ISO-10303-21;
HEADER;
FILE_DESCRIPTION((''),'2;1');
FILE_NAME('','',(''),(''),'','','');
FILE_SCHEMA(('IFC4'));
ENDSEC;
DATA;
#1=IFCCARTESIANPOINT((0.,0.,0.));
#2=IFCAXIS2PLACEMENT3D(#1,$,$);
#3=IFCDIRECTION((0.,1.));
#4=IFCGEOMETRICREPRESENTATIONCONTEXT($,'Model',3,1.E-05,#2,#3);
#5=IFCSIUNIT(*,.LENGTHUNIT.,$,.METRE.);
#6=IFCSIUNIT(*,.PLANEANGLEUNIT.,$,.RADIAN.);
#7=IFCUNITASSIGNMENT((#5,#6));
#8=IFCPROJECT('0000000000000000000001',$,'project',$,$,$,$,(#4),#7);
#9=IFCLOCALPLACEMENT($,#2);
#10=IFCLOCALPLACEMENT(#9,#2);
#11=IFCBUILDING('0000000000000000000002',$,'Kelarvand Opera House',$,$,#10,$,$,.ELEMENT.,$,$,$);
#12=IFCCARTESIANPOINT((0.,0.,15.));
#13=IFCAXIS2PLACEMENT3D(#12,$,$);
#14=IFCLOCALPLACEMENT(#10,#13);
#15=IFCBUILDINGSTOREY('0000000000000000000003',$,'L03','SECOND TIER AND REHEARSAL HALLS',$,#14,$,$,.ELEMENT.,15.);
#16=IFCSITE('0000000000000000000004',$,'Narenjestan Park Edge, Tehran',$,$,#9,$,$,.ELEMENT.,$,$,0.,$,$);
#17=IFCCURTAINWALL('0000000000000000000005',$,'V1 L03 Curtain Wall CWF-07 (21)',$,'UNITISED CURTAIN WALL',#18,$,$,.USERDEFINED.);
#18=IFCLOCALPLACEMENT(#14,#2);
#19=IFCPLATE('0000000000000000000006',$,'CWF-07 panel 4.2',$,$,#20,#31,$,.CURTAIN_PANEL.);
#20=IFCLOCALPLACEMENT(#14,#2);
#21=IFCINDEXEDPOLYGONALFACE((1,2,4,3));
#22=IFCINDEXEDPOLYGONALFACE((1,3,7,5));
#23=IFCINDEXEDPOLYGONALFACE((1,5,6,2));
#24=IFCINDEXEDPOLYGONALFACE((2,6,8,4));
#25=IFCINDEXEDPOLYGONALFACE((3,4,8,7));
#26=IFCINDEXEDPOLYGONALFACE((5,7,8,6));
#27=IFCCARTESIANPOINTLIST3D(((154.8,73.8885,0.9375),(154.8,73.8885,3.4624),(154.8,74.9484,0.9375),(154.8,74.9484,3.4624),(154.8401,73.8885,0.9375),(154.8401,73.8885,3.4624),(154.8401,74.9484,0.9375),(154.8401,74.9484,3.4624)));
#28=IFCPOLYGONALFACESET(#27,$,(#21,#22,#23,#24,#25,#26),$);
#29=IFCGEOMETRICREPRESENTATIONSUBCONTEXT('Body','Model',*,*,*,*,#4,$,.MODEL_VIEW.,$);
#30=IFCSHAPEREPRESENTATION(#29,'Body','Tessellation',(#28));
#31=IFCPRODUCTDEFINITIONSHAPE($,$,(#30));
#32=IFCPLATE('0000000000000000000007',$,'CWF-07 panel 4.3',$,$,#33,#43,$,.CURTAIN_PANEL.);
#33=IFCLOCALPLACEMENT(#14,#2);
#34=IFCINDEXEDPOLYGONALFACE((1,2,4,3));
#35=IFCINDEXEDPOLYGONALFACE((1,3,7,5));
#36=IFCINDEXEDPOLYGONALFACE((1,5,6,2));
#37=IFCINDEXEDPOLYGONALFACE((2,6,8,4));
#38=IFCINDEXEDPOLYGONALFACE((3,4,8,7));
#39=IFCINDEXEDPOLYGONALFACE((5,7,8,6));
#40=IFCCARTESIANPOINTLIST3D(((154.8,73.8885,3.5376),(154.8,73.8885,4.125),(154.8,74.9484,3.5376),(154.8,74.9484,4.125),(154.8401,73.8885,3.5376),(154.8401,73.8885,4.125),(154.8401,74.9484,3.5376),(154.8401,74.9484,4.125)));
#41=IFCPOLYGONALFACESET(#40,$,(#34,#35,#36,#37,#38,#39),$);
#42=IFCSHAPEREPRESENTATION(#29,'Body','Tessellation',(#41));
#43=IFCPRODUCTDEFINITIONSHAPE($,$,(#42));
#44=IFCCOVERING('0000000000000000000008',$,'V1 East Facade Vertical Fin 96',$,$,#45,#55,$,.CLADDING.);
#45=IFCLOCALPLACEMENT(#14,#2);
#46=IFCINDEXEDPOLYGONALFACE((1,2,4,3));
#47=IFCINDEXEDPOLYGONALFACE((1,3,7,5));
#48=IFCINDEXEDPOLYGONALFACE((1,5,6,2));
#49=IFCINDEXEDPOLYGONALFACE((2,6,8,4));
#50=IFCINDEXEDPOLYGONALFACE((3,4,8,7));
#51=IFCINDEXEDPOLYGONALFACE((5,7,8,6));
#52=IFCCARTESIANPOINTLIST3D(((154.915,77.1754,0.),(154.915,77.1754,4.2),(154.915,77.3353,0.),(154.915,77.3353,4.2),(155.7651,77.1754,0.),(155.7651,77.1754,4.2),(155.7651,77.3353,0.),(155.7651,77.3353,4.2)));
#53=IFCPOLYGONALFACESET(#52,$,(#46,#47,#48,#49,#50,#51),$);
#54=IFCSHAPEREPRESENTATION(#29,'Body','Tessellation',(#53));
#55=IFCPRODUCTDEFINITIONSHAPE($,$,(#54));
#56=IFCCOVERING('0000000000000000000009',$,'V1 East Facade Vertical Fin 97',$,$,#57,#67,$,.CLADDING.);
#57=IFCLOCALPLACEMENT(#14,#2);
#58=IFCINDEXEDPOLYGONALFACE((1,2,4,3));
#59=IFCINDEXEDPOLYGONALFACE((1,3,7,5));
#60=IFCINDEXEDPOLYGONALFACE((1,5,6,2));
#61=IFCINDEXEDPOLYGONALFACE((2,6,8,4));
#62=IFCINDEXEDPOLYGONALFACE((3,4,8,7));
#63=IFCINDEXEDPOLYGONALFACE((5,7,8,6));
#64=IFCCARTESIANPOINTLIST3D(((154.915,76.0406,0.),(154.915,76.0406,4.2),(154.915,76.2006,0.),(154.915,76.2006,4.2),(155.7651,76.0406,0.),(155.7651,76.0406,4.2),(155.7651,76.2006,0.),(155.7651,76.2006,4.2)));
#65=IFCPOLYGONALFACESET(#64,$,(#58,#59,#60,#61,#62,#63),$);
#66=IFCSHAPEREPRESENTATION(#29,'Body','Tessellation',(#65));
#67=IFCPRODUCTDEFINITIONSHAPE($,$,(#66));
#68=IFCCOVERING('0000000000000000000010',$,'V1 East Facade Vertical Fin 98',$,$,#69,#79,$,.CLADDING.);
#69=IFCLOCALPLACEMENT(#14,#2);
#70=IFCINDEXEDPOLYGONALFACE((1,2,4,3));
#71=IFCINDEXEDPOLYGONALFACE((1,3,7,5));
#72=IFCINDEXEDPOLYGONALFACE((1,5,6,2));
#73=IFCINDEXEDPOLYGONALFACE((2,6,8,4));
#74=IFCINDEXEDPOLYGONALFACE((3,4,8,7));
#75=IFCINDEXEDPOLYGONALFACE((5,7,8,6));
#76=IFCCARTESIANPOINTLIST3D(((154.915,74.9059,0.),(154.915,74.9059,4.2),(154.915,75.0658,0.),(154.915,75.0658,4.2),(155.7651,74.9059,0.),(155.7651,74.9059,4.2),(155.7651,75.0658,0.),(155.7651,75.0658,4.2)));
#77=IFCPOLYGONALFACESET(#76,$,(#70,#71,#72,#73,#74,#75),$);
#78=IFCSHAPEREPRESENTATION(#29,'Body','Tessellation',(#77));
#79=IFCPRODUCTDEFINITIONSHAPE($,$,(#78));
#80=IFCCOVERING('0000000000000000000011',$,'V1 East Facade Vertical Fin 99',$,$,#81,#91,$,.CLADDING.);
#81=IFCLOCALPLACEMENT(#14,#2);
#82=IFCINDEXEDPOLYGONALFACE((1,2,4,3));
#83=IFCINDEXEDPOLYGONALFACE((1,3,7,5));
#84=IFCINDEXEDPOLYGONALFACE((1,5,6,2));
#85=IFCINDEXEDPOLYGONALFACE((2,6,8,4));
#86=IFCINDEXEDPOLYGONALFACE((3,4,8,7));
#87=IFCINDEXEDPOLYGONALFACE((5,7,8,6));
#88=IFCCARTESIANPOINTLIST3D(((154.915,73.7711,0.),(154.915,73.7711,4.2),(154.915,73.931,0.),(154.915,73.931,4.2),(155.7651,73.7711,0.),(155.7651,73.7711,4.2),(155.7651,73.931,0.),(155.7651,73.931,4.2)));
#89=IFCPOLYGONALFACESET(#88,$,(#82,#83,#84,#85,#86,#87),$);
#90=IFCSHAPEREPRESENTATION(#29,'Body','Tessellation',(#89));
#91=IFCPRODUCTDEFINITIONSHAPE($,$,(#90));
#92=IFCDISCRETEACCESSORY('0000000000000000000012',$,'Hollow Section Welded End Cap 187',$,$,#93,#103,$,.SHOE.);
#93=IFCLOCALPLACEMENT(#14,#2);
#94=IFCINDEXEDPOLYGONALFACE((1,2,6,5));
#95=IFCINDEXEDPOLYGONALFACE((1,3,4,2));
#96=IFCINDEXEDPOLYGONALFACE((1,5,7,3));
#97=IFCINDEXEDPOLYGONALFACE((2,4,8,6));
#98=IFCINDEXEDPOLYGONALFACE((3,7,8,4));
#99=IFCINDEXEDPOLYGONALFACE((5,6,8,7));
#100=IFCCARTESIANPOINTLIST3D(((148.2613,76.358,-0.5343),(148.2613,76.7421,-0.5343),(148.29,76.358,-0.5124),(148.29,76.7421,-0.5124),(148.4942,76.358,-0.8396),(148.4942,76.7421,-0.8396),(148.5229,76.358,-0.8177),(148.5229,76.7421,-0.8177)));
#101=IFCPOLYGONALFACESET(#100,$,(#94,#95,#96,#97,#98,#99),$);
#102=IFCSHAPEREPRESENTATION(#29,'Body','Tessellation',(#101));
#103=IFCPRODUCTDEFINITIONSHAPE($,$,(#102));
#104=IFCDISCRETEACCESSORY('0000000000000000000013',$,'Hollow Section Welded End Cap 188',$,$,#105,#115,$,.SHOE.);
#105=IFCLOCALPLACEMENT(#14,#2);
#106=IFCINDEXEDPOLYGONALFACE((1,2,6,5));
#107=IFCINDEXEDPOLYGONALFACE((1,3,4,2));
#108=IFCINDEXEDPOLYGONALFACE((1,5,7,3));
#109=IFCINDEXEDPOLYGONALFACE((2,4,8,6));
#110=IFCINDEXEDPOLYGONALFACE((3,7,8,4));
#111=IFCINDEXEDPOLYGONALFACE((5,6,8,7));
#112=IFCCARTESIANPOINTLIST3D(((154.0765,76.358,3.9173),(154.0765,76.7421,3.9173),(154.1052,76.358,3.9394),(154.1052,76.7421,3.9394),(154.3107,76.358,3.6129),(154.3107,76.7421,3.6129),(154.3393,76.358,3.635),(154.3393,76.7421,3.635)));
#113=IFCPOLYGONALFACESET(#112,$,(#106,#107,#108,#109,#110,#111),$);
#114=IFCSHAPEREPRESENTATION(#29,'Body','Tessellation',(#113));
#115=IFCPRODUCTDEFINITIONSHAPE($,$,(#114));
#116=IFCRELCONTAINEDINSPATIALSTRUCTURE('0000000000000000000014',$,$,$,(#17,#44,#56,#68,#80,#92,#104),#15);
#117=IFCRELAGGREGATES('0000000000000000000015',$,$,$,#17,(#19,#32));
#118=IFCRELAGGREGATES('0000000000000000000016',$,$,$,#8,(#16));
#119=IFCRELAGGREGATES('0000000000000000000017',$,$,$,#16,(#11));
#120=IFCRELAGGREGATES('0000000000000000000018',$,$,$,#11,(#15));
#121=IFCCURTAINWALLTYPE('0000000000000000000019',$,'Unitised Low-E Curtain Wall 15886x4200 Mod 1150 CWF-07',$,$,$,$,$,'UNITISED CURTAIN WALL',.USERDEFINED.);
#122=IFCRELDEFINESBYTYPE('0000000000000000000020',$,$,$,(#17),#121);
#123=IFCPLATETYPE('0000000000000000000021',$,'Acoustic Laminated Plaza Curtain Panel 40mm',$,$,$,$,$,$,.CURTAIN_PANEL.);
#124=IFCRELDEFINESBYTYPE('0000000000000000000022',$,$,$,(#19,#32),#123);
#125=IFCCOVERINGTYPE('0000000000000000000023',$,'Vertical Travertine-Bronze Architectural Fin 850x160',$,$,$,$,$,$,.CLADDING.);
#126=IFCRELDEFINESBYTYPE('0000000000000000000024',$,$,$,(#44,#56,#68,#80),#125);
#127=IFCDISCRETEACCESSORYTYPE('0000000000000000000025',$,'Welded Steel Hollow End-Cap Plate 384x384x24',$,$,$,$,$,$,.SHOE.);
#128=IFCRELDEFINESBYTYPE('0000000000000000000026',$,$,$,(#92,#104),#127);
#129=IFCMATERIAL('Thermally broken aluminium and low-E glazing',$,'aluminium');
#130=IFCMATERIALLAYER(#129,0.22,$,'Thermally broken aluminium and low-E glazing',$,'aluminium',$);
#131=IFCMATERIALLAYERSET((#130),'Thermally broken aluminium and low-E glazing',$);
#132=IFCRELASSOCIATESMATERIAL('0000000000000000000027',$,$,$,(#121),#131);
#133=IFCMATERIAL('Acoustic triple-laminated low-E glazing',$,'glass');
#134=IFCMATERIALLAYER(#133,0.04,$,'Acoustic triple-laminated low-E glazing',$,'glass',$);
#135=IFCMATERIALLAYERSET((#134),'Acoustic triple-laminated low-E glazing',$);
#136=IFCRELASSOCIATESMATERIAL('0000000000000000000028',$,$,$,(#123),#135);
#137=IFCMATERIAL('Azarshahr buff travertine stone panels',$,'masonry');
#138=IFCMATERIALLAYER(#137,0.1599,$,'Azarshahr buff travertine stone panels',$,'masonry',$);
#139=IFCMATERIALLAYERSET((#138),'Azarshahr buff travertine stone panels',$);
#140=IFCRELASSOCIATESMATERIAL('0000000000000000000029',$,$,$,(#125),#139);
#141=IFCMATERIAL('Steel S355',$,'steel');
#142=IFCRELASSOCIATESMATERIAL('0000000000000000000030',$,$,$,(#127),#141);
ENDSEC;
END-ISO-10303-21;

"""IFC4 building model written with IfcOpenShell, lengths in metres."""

from ifc_helpers import new_model, si_unit, direction, frame, origin, origin_2d, place, context, subcontext, project, spatial, rectangle, extrude, material, layer, layer_set, material_profile, profile_set, type_object, element, aggregate, save


model = new_model("IFC4")

# Units and contexts
model_context = context("Model", 3, precision=1e-05, world=origin(), true_north=direction((0.0, 1.0)))
body_context = subcontext(model_context, "Body", "Model", "MODEL_VIEW")
ifc_project = project(units=[si_unit("LENGTHUNIT", "METRE"), si_unit("PLANEANGLEUNIT", "RADIAN")], contexts=[model_context])

# Site, building, storey
site_placement = place(None, origin())
site = spatial("IfcSite", under=ifc_project, at=site_placement, Name="Narenjestan Park Edge, Tehran", CompositionType="ELEMENT", RefElevation=0.0)
building_placement = place(site_placement, origin())
building = spatial("IfcBuilding", under=site, at=building_placement, Name="Kelarvand Opera House", CompositionType="ELEMENT")
storey_placement = place(building_placement, frame((0.0, 0.0, 15.0)))
storey = spatial("IfcBuildingStorey", under=building, at=storey_placement, Name="L03", Description="SECOND TIER AND REHEARSAL HALLS", CompositionType="ELEMENT", Elevation=15.0)

# Curtain wall
ifc_material_1 = material(Name="Thermally broken aluminium and low-E glazing", Category="aluminium")
ifc_layer_1 = layer(ifc_material_1, 0.22, Name="Thermally broken aluminium and low-E glazing", Category="aluminium")
ifc_layer_set_1 = layer_set([ifc_layer_1], Name="Thermally broken aluminium and low-E glazing")
curtain_wall_type = type_object("IfcCurtainWallType", Name="Unitised Low-E Curtain Wall 15886x4200 Mod 1150 CWF-07", ElementType="UNITISED CURTAIN WALL", PredefinedType="USERDEFINED", material=ifc_layer_set_1)
curtain_wall_placement = place(storey_placement, origin())
curtain_wall = element("IfcCurtainWall", 1, at=curtain_wall_placement, inside=storey, type_object=curtain_wall_type, Name="V1 L03 Curtain Wall CWF-07 (21)", ObjectType="UNITISED CURTAIN WALL", PredefinedType="USERDEFINED")

# Shared definitions
ifc_material_2 = material(Name="Steel S355", Category="steel")

# Plates
ifc_material_3 = material(Name="Acoustic triple-laminated low-E glazing", Category="glass")
ifc_layer_2 = layer(ifc_material_3, 0.04, Name="Acoustic triple-laminated low-E glazing", Category="glass")
ifc_layer_set_2 = layer_set([ifc_layer_2], Name="Acoustic triple-laminated low-E glazing")
plate_type = type_object("IfcPlateType", Name="Acoustic Laminated Plaza Curtain Panel 40mm", PredefinedType="CURTAIN_PANEL", material=ifc_layer_set_2)
plate_1_placement = place(storey_placement, frame((154.8201, 74.4185, 0.9375), z_axis=(0.0, 0.0, 1.0), x_axis=(0.0, -1.0, 0.0)))
plate_1 = element("IfcPlate", 2, at=plate_1_placement, type_object=plate_type, Name="CWF-07 panel 4.2", PredefinedType="CURTAIN_PANEL", context=body_context, shape_type="SweptSolid", body=[
    extrude(rectangle(XDim=1.0598, YDim=0.04, at=origin_2d()), origin(), (0.0, 0.0, 1.0), 2.5249),
])
plate_2_placement = place(storey_placement, frame((154.8201, 74.4185, 3.5376), z_axis=(0.0, 0.0, 1.0), x_axis=(0.0, -1.0, 0.0)))
plate_2 = element("IfcPlate", 3, at=plate_2_placement, type_object=plate_type, Name="CWF-07 panel 4.3", PredefinedType="CURTAIN_PANEL", context=body_context, shape_type="SweptSolid", body=[
    extrude(rectangle(XDim=1.0598, YDim=0.04, at=origin_2d()), origin(), (0.0, 0.0, 1.0), 0.5874),
])
aggregate(curtain_wall, [plate_1, plate_2])

# Coverings
ifc_material_4 = material(Name="Azarshahr buff travertine stone panels", Category="masonry")
ifc_layer_3 = layer(ifc_material_4, 0.1599, Name="Azarshahr buff travertine stone panels", Category="masonry")
ifc_layer_set_3 = layer_set([ifc_layer_3], Name="Azarshahr buff travertine stone panels")
covering_type = type_object("IfcCoveringType", Name="Vertical Travertine-Bronze Architectural Fin 850x160", PredefinedType="CLADDING", material=ifc_layer_set_3)
for number, where, z_axis, x_axis, name in (
    (4, (155.3401, 77.2554, 0.0), (0.0, 0.0, 1.0), (1.0, 0.0, 0.0), "V1 East Facade Vertical Fin 96"),
    (5, (155.3401, 76.1206, 0.0), (0.0, 0.0, 1.0), (1.0, 0.0, 0.0), "V1 East Facade Vertical Fin 97"),
    (6, (155.3401, 74.9858, 0.0), (0.0, 0.0, 1.0), (1.0, 0.0, 0.0), "V1 East Facade Vertical Fin 98"),
    (7, (155.3401, 73.8511, 0.0), (0.0, 0.0, 1.0), (1.0, 0.0, 0.0), "V1 East Facade Vertical Fin 99"),
):
    element("IfcCovering", number, at=place(storey_placement, frame(where, z_axis=z_axis, x_axis=x_axis)), inside=storey, type_object=covering_type, Name=name, PredefinedType="CLADDING", context=body_context, shape_type="SweptSolid", body=[
        extrude(rectangle(XDim=0.8501, YDim=0.1599, at=origin_2d()), origin(), (0.0, 0.0, 1.0), 4.2),
    ])

# Discrete accessories
ifc_material_profile_1 = material_profile(ifc_material_2, rectangle(XDim=0.384, YDim=0.384, at=origin_2d()), Name="Welded Steel Hollow End-Cap Plate 384x384x24", Category="steel")
ifc_profile_set_1 = profile_set([ifc_material_profile_1], Name="Steel S355")
discrete_accessory_type = type_object("IfcDiscreteAccessoryType", Name="Welded Steel Hollow End-Cap Plate 384x384x24", PredefinedType="SHOE", material=ifc_profile_set_1)
for number, where, z_axis, x_axis, name in (
    (8, (148.4065, 76.55, -0.665), (-0.795122, 0.0, -0.606449), (0.0, -1.0, 0.0), "Hollow Section Welded End Cap 187"),
    (9, (154.1936, 76.55, 3.7651), (0.792624, 0.0, 0.609711), (0.0, 1.0, 0.0), "Hollow Section Welded End Cap 188"),
):
    element("IfcDiscreteAccessory", number, at=place(storey_placement, frame(where, z_axis=z_axis, x_axis=x_axis)), inside=storey, type_object=discrete_accessory_type, Name=name, PredefinedType="SHOE", context=body_context, shape_type="SweptSolid", body=[
        extrude(rectangle(XDim=0.384, YDim=0.384, at=origin_2d()), origin(), (0.0, 0.0, 1.0), 0.0361),
    ])

save(model, "model.ifc")
